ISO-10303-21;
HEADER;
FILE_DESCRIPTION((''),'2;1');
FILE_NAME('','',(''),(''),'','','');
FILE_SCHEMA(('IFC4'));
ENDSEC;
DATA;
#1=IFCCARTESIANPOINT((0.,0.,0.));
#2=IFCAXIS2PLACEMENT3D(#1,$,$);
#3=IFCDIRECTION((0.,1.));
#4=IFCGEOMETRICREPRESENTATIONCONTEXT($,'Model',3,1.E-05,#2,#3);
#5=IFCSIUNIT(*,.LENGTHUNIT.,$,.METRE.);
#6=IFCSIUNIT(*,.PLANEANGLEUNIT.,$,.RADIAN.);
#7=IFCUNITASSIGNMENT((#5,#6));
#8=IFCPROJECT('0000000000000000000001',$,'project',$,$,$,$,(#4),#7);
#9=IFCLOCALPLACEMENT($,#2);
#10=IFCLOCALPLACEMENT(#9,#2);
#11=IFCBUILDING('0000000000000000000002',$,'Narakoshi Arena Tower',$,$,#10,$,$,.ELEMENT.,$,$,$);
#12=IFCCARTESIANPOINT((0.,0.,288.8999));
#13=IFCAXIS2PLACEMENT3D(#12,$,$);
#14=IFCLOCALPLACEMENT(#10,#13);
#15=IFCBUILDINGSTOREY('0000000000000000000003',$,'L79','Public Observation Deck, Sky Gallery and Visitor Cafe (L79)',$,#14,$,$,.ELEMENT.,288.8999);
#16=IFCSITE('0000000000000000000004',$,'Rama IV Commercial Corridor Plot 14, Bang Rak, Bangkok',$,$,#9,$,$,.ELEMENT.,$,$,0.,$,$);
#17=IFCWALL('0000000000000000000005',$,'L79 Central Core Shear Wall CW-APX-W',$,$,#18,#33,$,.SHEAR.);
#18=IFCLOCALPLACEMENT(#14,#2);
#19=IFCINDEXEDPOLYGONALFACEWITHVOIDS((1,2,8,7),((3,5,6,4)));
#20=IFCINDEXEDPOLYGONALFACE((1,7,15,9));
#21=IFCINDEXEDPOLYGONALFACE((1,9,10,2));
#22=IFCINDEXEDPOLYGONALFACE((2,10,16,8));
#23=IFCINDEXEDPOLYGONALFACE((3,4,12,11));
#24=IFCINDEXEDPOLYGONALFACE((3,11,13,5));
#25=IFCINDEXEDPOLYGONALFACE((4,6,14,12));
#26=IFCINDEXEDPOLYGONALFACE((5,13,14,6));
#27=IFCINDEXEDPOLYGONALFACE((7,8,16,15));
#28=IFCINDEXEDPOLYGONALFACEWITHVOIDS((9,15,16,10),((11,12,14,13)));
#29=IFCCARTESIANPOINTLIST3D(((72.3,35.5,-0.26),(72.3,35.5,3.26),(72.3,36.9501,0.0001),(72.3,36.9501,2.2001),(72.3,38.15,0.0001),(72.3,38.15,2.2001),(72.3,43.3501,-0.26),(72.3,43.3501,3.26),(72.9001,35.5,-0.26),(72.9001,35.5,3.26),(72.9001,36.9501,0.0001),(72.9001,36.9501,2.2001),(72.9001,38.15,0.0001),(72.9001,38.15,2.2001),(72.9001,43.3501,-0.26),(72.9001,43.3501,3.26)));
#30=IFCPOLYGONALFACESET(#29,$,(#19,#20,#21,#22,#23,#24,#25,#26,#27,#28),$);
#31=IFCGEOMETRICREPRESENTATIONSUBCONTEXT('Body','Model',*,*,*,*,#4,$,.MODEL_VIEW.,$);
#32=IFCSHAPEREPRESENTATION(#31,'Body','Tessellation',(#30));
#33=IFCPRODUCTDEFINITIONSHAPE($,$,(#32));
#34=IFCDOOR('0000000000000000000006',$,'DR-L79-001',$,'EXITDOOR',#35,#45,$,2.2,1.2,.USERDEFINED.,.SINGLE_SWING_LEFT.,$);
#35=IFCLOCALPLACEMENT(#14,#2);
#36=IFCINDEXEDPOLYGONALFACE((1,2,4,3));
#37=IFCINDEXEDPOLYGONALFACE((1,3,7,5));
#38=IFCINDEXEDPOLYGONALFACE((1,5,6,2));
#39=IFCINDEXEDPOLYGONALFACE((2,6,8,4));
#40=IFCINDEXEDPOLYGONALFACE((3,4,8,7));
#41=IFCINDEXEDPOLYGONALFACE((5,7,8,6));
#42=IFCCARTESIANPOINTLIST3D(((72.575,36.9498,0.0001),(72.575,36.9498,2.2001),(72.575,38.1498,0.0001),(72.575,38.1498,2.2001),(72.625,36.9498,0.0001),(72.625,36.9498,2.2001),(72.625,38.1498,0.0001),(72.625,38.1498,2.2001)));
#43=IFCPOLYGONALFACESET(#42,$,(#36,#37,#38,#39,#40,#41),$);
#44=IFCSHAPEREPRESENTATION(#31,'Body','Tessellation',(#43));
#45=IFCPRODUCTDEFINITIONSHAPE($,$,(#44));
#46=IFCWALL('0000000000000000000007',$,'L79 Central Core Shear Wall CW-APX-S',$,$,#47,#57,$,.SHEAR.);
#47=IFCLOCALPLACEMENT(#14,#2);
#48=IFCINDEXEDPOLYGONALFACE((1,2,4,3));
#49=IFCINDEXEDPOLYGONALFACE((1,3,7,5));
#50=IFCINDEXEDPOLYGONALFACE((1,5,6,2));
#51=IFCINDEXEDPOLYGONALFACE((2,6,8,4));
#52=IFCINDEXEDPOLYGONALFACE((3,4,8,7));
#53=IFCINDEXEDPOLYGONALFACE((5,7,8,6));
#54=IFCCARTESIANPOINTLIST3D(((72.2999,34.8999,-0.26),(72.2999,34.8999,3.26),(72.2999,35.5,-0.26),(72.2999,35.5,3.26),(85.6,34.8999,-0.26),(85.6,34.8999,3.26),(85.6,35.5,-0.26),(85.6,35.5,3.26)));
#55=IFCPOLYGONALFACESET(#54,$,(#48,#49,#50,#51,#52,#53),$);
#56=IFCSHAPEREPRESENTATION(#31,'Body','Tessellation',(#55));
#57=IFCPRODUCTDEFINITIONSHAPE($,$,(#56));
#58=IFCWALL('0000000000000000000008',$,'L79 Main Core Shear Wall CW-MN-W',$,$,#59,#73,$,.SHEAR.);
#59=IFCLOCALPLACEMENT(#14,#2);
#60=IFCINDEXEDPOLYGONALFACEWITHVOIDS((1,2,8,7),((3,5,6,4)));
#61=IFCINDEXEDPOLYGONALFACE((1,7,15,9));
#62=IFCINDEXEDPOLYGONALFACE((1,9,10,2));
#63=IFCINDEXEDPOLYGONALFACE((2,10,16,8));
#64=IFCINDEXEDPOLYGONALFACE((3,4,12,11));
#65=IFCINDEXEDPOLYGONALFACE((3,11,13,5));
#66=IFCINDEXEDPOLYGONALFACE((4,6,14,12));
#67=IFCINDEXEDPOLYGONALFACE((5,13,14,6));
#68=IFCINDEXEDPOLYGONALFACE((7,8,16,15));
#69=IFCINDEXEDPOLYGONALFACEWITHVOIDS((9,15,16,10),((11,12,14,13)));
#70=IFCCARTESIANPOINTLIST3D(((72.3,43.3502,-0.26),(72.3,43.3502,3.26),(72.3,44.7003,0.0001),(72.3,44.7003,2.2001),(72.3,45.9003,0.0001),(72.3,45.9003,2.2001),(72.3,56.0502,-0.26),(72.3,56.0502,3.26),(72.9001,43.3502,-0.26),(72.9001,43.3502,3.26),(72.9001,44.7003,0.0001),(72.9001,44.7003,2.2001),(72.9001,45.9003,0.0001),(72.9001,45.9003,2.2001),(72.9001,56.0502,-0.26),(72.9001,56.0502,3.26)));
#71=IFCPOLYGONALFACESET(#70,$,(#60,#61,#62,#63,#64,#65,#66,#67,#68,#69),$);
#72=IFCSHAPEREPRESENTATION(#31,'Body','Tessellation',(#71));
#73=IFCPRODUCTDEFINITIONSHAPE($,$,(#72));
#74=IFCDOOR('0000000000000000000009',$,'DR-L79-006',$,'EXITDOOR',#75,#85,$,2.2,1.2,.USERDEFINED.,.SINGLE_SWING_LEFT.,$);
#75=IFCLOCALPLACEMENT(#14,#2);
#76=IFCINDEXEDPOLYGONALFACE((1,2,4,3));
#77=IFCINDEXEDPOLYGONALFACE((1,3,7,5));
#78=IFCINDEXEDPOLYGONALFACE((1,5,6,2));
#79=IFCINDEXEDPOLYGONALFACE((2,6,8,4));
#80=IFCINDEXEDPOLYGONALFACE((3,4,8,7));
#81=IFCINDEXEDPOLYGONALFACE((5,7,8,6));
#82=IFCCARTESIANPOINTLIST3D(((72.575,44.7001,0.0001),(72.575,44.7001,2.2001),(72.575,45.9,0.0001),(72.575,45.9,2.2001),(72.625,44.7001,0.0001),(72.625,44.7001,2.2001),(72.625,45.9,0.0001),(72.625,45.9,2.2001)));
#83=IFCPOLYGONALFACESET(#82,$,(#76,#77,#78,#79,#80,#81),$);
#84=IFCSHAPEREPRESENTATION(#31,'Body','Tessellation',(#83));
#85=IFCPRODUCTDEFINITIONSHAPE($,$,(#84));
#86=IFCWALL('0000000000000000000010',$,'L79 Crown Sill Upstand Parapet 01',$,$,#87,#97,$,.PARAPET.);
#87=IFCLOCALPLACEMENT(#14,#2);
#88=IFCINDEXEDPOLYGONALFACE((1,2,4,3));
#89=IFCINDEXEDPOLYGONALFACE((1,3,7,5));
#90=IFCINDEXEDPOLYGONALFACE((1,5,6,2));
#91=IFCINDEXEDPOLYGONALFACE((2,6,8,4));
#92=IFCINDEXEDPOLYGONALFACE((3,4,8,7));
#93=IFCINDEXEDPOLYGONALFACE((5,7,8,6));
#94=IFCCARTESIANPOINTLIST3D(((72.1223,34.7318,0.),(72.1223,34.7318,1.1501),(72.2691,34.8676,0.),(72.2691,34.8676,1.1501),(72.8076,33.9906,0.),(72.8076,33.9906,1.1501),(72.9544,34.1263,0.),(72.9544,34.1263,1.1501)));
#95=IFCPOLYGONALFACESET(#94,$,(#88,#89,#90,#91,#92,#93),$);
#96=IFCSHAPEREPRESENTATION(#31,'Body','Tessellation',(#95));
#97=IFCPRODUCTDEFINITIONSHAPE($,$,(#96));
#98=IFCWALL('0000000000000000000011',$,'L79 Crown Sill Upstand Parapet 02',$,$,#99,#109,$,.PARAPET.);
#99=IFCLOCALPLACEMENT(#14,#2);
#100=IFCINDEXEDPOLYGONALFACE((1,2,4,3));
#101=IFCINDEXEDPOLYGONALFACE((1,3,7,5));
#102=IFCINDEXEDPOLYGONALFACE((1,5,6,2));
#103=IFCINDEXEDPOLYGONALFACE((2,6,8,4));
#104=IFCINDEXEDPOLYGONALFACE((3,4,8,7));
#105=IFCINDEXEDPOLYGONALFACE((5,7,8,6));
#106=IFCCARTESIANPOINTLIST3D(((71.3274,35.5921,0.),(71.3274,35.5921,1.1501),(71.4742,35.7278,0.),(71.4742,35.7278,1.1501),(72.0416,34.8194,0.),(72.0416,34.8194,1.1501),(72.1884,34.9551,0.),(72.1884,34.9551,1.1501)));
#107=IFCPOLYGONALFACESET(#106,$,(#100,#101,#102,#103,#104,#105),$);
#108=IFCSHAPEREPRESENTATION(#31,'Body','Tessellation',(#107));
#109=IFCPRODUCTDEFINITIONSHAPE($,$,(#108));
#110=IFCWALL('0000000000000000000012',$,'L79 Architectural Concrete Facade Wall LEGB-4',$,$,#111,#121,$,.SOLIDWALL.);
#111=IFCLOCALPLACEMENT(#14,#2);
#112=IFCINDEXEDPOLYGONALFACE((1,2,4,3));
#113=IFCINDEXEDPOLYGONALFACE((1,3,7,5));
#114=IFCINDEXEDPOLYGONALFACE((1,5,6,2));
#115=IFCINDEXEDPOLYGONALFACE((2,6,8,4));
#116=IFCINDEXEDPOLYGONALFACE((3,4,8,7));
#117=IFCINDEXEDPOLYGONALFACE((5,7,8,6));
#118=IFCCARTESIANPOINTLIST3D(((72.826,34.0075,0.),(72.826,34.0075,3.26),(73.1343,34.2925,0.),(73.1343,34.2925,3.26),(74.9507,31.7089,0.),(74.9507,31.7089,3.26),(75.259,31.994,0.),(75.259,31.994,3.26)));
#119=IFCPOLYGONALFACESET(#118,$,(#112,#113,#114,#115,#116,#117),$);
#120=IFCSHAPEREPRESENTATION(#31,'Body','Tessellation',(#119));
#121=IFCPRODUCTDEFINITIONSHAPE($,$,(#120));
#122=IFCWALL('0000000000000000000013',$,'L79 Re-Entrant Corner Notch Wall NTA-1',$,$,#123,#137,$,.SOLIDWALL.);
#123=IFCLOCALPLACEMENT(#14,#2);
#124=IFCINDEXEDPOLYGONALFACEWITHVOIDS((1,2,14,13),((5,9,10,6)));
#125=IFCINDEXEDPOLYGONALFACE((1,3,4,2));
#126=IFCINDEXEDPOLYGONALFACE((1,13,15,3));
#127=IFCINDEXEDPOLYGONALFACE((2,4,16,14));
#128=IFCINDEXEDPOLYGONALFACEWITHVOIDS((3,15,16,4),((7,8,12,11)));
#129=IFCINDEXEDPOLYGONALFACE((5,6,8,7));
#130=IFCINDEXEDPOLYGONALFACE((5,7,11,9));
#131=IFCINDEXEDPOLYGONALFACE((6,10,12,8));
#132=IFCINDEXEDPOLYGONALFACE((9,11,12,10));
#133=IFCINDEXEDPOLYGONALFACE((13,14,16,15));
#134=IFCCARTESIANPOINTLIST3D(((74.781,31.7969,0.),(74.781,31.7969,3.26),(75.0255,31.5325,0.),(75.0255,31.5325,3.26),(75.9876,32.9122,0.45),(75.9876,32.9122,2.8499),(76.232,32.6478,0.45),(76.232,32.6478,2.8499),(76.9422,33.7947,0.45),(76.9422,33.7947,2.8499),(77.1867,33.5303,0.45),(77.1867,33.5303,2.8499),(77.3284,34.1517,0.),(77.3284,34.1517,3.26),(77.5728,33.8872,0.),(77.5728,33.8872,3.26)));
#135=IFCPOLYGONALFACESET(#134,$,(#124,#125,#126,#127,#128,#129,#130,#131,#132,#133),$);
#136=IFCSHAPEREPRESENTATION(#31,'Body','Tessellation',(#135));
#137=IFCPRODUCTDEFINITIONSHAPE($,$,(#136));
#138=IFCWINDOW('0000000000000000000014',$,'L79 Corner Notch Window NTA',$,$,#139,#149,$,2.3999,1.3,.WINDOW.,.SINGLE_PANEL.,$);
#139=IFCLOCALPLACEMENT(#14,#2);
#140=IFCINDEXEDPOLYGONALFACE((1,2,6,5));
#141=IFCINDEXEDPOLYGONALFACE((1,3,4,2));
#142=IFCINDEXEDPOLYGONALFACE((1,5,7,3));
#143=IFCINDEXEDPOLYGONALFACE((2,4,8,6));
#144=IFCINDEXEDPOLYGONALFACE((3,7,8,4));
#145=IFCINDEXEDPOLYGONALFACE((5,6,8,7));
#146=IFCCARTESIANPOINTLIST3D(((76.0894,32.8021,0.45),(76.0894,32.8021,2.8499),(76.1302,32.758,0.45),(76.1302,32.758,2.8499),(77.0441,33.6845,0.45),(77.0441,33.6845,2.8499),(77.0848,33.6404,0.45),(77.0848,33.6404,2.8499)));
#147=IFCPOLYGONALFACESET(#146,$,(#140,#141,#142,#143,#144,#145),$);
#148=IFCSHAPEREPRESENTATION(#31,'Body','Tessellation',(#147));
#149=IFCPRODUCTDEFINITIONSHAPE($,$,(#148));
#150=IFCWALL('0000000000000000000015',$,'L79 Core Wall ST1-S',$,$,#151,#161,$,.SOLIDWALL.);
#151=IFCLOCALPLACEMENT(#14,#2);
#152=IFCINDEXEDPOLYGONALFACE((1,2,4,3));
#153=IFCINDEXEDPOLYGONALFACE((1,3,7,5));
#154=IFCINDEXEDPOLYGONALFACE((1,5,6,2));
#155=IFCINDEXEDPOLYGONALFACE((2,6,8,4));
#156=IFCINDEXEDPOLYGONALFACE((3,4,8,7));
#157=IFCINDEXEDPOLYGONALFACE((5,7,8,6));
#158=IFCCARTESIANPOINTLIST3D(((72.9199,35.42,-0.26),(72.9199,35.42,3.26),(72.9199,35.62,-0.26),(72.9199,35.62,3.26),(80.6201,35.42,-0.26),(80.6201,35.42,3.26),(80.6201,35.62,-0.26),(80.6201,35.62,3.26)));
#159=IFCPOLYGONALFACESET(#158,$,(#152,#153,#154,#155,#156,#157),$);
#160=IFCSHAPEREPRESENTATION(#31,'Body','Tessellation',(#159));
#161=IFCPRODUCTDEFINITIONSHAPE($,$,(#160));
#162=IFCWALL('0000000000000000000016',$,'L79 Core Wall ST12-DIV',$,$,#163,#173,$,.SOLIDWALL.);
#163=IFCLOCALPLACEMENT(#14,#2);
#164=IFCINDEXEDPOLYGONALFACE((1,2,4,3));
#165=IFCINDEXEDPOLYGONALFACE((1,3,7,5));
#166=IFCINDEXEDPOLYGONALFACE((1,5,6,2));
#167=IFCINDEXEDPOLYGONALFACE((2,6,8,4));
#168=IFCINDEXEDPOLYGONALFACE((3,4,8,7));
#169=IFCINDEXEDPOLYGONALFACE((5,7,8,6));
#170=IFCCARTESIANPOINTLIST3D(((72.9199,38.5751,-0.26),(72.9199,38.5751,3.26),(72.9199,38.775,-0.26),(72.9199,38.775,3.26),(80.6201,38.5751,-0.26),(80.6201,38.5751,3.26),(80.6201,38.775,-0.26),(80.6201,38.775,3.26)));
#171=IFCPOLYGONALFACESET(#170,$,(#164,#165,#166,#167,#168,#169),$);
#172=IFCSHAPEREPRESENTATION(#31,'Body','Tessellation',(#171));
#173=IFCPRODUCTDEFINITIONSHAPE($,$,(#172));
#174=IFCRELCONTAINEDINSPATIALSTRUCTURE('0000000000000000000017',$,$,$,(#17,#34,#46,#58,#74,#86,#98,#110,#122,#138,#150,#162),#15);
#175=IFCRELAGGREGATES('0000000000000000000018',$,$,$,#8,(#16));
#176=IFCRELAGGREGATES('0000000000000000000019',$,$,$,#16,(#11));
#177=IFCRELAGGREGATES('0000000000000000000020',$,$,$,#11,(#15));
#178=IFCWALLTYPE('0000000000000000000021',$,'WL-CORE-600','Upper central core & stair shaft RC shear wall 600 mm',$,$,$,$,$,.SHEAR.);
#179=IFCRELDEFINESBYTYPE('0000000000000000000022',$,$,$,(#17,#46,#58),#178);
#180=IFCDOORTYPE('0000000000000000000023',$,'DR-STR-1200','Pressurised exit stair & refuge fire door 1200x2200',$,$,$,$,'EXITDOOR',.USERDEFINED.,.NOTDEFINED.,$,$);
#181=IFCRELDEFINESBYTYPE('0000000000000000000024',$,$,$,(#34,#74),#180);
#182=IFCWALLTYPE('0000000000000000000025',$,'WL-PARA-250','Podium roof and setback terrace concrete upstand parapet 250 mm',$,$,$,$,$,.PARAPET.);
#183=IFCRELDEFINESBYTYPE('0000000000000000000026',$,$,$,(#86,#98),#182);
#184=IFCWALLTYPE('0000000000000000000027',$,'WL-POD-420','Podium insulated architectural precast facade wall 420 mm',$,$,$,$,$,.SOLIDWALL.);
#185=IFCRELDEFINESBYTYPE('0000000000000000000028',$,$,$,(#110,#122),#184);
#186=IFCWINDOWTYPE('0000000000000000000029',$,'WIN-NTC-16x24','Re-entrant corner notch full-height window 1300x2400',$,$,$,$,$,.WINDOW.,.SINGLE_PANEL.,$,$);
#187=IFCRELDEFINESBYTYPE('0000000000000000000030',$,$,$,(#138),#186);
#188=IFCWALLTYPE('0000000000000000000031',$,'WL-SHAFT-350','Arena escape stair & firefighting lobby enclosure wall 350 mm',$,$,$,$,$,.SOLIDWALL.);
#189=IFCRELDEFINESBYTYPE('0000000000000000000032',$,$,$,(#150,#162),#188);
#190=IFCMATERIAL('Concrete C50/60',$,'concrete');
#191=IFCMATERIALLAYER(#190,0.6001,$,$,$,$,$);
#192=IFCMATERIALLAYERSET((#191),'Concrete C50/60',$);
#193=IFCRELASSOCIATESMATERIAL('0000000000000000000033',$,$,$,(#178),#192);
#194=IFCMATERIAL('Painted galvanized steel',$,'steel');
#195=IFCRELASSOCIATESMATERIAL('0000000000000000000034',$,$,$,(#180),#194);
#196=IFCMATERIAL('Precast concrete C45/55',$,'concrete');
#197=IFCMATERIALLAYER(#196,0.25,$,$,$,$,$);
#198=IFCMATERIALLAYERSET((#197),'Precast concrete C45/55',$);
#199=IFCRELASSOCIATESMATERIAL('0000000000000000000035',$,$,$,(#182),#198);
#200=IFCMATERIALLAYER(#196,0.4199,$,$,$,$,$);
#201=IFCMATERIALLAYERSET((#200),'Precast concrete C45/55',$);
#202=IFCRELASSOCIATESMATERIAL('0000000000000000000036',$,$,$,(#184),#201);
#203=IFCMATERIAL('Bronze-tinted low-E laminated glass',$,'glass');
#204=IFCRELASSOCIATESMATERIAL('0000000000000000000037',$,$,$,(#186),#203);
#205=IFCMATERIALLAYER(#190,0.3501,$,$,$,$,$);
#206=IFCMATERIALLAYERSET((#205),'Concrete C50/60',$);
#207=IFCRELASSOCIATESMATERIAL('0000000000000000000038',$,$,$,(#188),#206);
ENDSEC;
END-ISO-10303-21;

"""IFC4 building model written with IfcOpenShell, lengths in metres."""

from ifc_helpers import new_model, si_unit, direction, frame, frame_2d, origin, place, context, subcontext, project, spatial, rectangle, extrude, material, layer, layer_set, type_object, element, fill, save


model = new_model("IFC4")

# Units and contexts
model_context = context("Model", 3, precision=1e-05, world=origin(), true_north=direction((0.0, 1.0)))
body_context = subcontext(model_context, "Body", "Model", "MODEL_VIEW")
ifc_project = project(units=[si_unit("LENGTHUNIT", "METRE"), si_unit("PLANEANGLEUNIT", "RADIAN")], contexts=[model_context])

# Site, building, storey
site_placement = place(None, origin())
site = spatial("IfcSite", under=ifc_project, at=site_placement, Name="Rama IV Commercial Corridor Plot 14, Bang Rak, Bangkok", CompositionType="ELEMENT", RefElevation=0.0)
building_placement = place(site_placement, origin())
building = spatial("IfcBuilding", under=site, at=building_placement, Name="Narakoshi Arena Tower", CompositionType="ELEMENT")
storey_placement = place(building_placement, frame((0.0, 0.0, 288.8999)))
storey = spatial("IfcBuildingStorey", under=building, at=storey_placement, Name="L79", Description="Public Observation Deck, Sky Gallery and Visitor Cafe (L79)", CompositionType="ELEMENT", Elevation=288.8999)

# Wall, opening, door
ifc_material_1 = material(Name="Concrete C50/60", Category="concrete")
ifc_layer_1 = layer(ifc_material_1, 0.6001)
ifc_layer_set_1 = layer_set([ifc_layer_1], Name="Concrete C50/60")
wall_type_1 = type_object("IfcWallType", Name="WL-CORE-600", Description="Upper central core & stair shaft RC shear wall 600 mm", PredefinedType="SHEAR", material=ifc_layer_set_1)
wall_1_placement = place(storey_placement, frame((72.6001, 35.5, -0.26), z_axis=(0.0, 0.0, 1.0), x_axis=(0.0, 1.0, 0.0)))
wall_1 = element("IfcWall", 1, at=wall_1_placement, inside=storey, type_object=wall_type_1, Name="L79 Central Core Shear Wall CW-APX-W", PredefinedType="SHEAR", context=body_context, shape_type="SweptSolid", body=[
    extrude(rectangle(XDim=7.8501, YDim=0.6001, at=frame_2d((3.925, 0.0))), origin(), (0.0, 0.0, 1.0), 3.52),
])
opening_1_placement = place(wall_1_placement, frame((1.45, 0.0, 0.26)))
opening_1 = element("IfcOpeningElement", 2, at=opening_1_placement, cuts=wall_1, PredefinedType="OPENING", context=body_context, shape_type="SweptSolid", body=[
    extrude(rectangle(XDim=1.2, YDim=2.2, at=frame_2d((0.6001, 1.1001))), frame((0.0, 0.3101, 0.0), z_axis=(0.0, -1.0, 0.0), x_axis=(1.0, 0.0, 0.0)), (0.0, 0.0, 1.0), 0.6201),
])
ifc_material_2 = material(Name="Painted galvanized steel", Category="steel")
door_type = type_object("IfcDoorType", Name="DR-STR-1200", Description="Pressurised exit stair & refuge fire door 1200x2200", ElementType="EXITDOOR", OperationType="NOTDEFINED", PredefinedType="USERDEFINED", material=ifc_material_2)
door_1_placement = place(opening_1_placement, frame((1.2, 0.0, 0.0), z_axis=(0.0, 0.0, 1.0), x_axis=(-1.0, 0.0, 0.0)))
door_1 = element("IfcDoor", 3, at=door_1_placement, inside=storey, type_object=door_type, Name="DR-L79-001", ObjectType="EXITDOOR", OperationType="SINGLE_SWING_LEFT", OverallHeight=2.2, OverallWidth=1.2, PredefinedType="USERDEFINED", context=body_context, shape_type="SweptSolid", body=[
    extrude(rectangle(XDim=1.2, YDim=2.2, at=frame_2d((0.6001, 1.1001))), frame((0.0, 0.0249, 0.0), z_axis=(0.0, -1.0, 0.0), x_axis=(1.0, 0.0, 0.0)), (0.0, 0.0, 1.0), 0.05),
])
fill(opening_1, door_1)

# Wall
wall_2_placement = place(storey_placement, frame((72.3, 35.2, -0.26), z_axis=(0.0, 0.0, 1.0), x_axis=(1.0, 0.0, 0.0)))
element("IfcWall", 4, at=wall_2_placement, inside=storey, type_object=wall_type_1, Name="L79 Central Core Shear Wall CW-APX-S", PredefinedType="SHEAR", context=body_context, shape_type="SweptSolid", body=[
    extrude(rectangle(XDim=13.3, YDim=0.6001, at=frame_2d((6.6499, 0.0))), origin(), (0.0, 0.0, 1.0), 3.52),
])

# Wall, opening, door
wall_3_placement = place(storey_placement, frame((72.6001, 43.3501, -0.26), z_axis=(0.0, 0.0, 1.0), x_axis=(0.0, 1.0, 0.0)))
wall_3 = element("IfcWall", 5, at=wall_3_placement, inside=storey, type_object=wall_type_1, Name="L79 Main Core Shear Wall CW-MN-W", PredefinedType="SHEAR", context=body_context, shape_type="SweptSolid", body=[
    extrude(rectangle(XDim=12.7, YDim=0.6001, at=frame_2d((6.3501, 0.0))), origin(), (0.0, 0.0, 1.0), 3.52),
])
opening_2_placement = place(wall_3_placement, frame((1.3501, 0.0, 0.26)))
opening_2 = element("IfcOpeningElement", 6, at=opening_2_placement, cuts=wall_3, PredefinedType="OPENING", context=body_context, shape_type="SweptSolid", body=[
    extrude(rectangle(XDim=1.2, YDim=2.2, at=frame_2d((0.6001, 1.1001))), frame((0.0, 0.3101, 0.0), z_axis=(0.0, -1.0, 0.0), x_axis=(1.0, 0.0, 0.0)), (0.0, 0.0, 1.0), 0.6201),
])
door_2_placement = place(opening_2_placement, frame((1.2, 0.0, 0.0), z_axis=(0.0, 0.0, 1.0), x_axis=(-1.0, 0.0, 0.0)))
door_2 = element("IfcDoor", 7, at=door_2_placement, inside=storey, type_object=door_type, Name="DR-L79-006", ObjectType="EXITDOOR", OperationType="SINGLE_SWING_LEFT", OverallHeight=2.2, OverallWidth=1.2, PredefinedType="USERDEFINED", context=body_context, shape_type="SweptSolid", body=[
    extrude(rectangle(XDim=1.2, YDim=2.2, at=frame_2d((0.6001, 1.1001))), frame((0.0, 0.0249, 0.0), z_axis=(0.0, -1.0, 0.0), x_axis=(1.0, 0.0, 0.0)), (0.0, 0.0, 1.0), 0.05),
])
fill(opening_2, door_2)

# Walls
ifc_material_3 = material(Name="Precast concrete C45/55", Category="concrete")
ifc_layer_2 = layer(ifc_material_3, 0.25)
ifc_layer_set_2 = layer_set([ifc_layer_2], Name="Precast concrete C45/55")
wall_type_2 = type_object("IfcWallType", Name="WL-PARA-250", Description="Podium roof and setback terrace concrete upstand parapet 250 mm", PredefinedType="PARAPET", material=ifc_layer_set_2)
wall_4_placement = place(storey_placement, frame((72.8811, 34.0583, 0.0), z_axis=(0.0, 0.0, 1.0), x_axis=(-0.678873, 0.734256, 0.0)))
element("IfcWall", 8, at=wall_4_placement, inside=storey, type_object=wall_type_2, Name="L79 Crown Sill Upstand Parapet 01", PredefinedType="PARAPET", context=body_context, shape_type="SweptSolid", body=[
    extrude(rectangle(XDim=1.0095, YDim=0.2, at=frame_2d((0.5049, 0.0))), origin(), (0.0, 0.0, 1.0), 1.1501),
])
wall_5_placement = place(storey_placement, frame((72.115, 34.8872, 0.0), z_axis=(0.0, 0.0, 1.0), x_axis=(-0.678714, 0.734403, 0.0)))
element("IfcWall", 9, at=wall_5_placement, inside=storey, type_object=wall_type_2, Name="L79 Crown Sill Upstand Parapet 02", PredefinedType="PARAPET", context=body_context, shape_type="SweptSolid", body=[
    extrude(rectangle(XDim=1.0522, YDim=0.2, at=frame_2d((0.5261, 0.0))), origin(), (0.0, 0.0, 1.0), 1.1501),
])
ifc_layer_3 = layer(ifc_material_3, 0.4199)
ifc_layer_set_3 = layer_set([ifc_layer_3], Name="Precast concrete C45/55")
wall_type_3 = type_object("IfcWallType", Name="WL-POD-420", Description="Podium insulated architectural precast facade wall 420 mm", PredefinedType="SOLIDWALL", material=ifc_layer_set_3)
wall_6_placement = place(storey_placement, frame((72.9802, 34.1499, 0.0), z_axis=(0.0, 0.0, 1.0), x_axis=(0.678795, -0.734328, 0.0)))
element("IfcWall", 10, at=wall_6_placement, inside=storey, type_object=wall_type_3, Name="L79 Architectural Concrete Facade Wall LEGB-4", PredefinedType="SOLIDWALL", context=body_context, shape_type="SweptSolid", body=[
    extrude(rectangle(XDim=3.1301, YDim=0.4199, at=frame_2d((1.5649, 0.0))), origin(), (0.0, 0.0, 1.0), 3.26),
])

# Wall, opening, window
wall_7_placement = place(storey_placement, frame((74.9033, 31.6648, 0.0), z_axis=(0.0, 0.0, 1.0), x_axis=(0.734326, 0.678797, 0.0)))
wall_7 = element("IfcWall", 11, at=wall_7_placement, inside=storey, type_object=wall_type_3, Name="L79 Re-Entrant Corner Notch Wall NTA-1", PredefinedType="SOLIDWALL", context=body_context, shape_type="SweptSolid", body=[
    extrude(rectangle(XDim=3.469, YDim=0.3601, at=frame_2d((1.7344, 0.0))), origin(), (0.0, 0.0, 1.0), 3.26),
])
opening_3_placement = place(wall_7_placement, frame((1.6431, 0.0, 0.45)))
opening_3 = element("IfcOpeningElement", 12, at=opening_3_placement, cuts=wall_7, PredefinedType="OPENING", context=body_context, shape_type="SweptSolid", body=[
    extrude(rectangle(XDim=1.3, YDim=2.3999, at=frame_2d((0.6499, 1.2))), frame((0.0, 0.1899, 0.0), z_axis=(0.0, -1.0, 0.0), x_axis=(1.0, 0.0, 0.0)), (0.0, 0.0, 1.0), 0.3801),
])
ifc_material_4 = material(Name="Bronze-tinted low-E laminated glass", Category="glass")
window_type = type_object("IfcWindowType", Name="WIN-NTC-16x24", Description="Re-entrant corner notch full-height window 1300x2400", PartitioningType="SINGLE_PANEL", PredefinedType="WINDOW", material=ifc_material_4)
window_placement = place(opening_3_placement, origin())
window = element("IfcWindow", 13, at=window_placement, inside=storey, type_object=window_type, Name="L79 Corner Notch Window NTA", OverallHeight=2.3999, OverallWidth=1.3, PartitioningType="SINGLE_PANEL", PredefinedType="WINDOW", context=body_context, shape_type="SweptSolid", body=[
    extrude(rectangle(XDim=1.3, YDim=2.3999, at=frame_2d((0.6499, 1.2))), frame((0.0, 0.03, 0.0), z_axis=(0.0, -1.0, 0.0), x_axis=(1.0, 0.0, 0.0)), (0.0, 0.0, 1.0), 0.0601),
])
fill(opening_3, window)

# Walls
ifc_layer_4 = layer(ifc_material_1, 0.3501)
ifc_layer_set_4 = layer_set([ifc_layer_4], Name="Concrete C50/60")
wall_type_4 = type_object("IfcWallType", Name="WL-SHAFT-350", Description="Arena escape stair & firefighting lobby enclosure wall 350 mm", PredefinedType="SOLIDWALL", material=ifc_layer_set_4)
for number, where, z_axis, x_axis, name in (
    (14, (72.9199, 35.52, -0.26), (0.0, 0.0, 1.0), (1.0, 0.0, 0.0), "L79 Core Wall ST1-S"),
    (15, (72.9199, 38.675, -0.26), (0.0, 0.0, 1.0), (1.0, 0.0, 0.0), "L79 Core Wall ST12-DIV"),
):
    element("IfcWall", number, at=place(storey_placement, frame(where, z_axis=z_axis, x_axis=x_axis)), inside=storey, type_object=wall_type_4, Name=name, PredefinedType="SOLIDWALL", context=body_context, shape_type="SweptSolid", body=[
        extrude(rectangle(XDim=7.7002, YDim=0.2, at=frame_2d((3.8501, 0.0))), origin(), (0.0, 0.0, 1.0), 3.52),
    ])

save(model, "model.ifc")
